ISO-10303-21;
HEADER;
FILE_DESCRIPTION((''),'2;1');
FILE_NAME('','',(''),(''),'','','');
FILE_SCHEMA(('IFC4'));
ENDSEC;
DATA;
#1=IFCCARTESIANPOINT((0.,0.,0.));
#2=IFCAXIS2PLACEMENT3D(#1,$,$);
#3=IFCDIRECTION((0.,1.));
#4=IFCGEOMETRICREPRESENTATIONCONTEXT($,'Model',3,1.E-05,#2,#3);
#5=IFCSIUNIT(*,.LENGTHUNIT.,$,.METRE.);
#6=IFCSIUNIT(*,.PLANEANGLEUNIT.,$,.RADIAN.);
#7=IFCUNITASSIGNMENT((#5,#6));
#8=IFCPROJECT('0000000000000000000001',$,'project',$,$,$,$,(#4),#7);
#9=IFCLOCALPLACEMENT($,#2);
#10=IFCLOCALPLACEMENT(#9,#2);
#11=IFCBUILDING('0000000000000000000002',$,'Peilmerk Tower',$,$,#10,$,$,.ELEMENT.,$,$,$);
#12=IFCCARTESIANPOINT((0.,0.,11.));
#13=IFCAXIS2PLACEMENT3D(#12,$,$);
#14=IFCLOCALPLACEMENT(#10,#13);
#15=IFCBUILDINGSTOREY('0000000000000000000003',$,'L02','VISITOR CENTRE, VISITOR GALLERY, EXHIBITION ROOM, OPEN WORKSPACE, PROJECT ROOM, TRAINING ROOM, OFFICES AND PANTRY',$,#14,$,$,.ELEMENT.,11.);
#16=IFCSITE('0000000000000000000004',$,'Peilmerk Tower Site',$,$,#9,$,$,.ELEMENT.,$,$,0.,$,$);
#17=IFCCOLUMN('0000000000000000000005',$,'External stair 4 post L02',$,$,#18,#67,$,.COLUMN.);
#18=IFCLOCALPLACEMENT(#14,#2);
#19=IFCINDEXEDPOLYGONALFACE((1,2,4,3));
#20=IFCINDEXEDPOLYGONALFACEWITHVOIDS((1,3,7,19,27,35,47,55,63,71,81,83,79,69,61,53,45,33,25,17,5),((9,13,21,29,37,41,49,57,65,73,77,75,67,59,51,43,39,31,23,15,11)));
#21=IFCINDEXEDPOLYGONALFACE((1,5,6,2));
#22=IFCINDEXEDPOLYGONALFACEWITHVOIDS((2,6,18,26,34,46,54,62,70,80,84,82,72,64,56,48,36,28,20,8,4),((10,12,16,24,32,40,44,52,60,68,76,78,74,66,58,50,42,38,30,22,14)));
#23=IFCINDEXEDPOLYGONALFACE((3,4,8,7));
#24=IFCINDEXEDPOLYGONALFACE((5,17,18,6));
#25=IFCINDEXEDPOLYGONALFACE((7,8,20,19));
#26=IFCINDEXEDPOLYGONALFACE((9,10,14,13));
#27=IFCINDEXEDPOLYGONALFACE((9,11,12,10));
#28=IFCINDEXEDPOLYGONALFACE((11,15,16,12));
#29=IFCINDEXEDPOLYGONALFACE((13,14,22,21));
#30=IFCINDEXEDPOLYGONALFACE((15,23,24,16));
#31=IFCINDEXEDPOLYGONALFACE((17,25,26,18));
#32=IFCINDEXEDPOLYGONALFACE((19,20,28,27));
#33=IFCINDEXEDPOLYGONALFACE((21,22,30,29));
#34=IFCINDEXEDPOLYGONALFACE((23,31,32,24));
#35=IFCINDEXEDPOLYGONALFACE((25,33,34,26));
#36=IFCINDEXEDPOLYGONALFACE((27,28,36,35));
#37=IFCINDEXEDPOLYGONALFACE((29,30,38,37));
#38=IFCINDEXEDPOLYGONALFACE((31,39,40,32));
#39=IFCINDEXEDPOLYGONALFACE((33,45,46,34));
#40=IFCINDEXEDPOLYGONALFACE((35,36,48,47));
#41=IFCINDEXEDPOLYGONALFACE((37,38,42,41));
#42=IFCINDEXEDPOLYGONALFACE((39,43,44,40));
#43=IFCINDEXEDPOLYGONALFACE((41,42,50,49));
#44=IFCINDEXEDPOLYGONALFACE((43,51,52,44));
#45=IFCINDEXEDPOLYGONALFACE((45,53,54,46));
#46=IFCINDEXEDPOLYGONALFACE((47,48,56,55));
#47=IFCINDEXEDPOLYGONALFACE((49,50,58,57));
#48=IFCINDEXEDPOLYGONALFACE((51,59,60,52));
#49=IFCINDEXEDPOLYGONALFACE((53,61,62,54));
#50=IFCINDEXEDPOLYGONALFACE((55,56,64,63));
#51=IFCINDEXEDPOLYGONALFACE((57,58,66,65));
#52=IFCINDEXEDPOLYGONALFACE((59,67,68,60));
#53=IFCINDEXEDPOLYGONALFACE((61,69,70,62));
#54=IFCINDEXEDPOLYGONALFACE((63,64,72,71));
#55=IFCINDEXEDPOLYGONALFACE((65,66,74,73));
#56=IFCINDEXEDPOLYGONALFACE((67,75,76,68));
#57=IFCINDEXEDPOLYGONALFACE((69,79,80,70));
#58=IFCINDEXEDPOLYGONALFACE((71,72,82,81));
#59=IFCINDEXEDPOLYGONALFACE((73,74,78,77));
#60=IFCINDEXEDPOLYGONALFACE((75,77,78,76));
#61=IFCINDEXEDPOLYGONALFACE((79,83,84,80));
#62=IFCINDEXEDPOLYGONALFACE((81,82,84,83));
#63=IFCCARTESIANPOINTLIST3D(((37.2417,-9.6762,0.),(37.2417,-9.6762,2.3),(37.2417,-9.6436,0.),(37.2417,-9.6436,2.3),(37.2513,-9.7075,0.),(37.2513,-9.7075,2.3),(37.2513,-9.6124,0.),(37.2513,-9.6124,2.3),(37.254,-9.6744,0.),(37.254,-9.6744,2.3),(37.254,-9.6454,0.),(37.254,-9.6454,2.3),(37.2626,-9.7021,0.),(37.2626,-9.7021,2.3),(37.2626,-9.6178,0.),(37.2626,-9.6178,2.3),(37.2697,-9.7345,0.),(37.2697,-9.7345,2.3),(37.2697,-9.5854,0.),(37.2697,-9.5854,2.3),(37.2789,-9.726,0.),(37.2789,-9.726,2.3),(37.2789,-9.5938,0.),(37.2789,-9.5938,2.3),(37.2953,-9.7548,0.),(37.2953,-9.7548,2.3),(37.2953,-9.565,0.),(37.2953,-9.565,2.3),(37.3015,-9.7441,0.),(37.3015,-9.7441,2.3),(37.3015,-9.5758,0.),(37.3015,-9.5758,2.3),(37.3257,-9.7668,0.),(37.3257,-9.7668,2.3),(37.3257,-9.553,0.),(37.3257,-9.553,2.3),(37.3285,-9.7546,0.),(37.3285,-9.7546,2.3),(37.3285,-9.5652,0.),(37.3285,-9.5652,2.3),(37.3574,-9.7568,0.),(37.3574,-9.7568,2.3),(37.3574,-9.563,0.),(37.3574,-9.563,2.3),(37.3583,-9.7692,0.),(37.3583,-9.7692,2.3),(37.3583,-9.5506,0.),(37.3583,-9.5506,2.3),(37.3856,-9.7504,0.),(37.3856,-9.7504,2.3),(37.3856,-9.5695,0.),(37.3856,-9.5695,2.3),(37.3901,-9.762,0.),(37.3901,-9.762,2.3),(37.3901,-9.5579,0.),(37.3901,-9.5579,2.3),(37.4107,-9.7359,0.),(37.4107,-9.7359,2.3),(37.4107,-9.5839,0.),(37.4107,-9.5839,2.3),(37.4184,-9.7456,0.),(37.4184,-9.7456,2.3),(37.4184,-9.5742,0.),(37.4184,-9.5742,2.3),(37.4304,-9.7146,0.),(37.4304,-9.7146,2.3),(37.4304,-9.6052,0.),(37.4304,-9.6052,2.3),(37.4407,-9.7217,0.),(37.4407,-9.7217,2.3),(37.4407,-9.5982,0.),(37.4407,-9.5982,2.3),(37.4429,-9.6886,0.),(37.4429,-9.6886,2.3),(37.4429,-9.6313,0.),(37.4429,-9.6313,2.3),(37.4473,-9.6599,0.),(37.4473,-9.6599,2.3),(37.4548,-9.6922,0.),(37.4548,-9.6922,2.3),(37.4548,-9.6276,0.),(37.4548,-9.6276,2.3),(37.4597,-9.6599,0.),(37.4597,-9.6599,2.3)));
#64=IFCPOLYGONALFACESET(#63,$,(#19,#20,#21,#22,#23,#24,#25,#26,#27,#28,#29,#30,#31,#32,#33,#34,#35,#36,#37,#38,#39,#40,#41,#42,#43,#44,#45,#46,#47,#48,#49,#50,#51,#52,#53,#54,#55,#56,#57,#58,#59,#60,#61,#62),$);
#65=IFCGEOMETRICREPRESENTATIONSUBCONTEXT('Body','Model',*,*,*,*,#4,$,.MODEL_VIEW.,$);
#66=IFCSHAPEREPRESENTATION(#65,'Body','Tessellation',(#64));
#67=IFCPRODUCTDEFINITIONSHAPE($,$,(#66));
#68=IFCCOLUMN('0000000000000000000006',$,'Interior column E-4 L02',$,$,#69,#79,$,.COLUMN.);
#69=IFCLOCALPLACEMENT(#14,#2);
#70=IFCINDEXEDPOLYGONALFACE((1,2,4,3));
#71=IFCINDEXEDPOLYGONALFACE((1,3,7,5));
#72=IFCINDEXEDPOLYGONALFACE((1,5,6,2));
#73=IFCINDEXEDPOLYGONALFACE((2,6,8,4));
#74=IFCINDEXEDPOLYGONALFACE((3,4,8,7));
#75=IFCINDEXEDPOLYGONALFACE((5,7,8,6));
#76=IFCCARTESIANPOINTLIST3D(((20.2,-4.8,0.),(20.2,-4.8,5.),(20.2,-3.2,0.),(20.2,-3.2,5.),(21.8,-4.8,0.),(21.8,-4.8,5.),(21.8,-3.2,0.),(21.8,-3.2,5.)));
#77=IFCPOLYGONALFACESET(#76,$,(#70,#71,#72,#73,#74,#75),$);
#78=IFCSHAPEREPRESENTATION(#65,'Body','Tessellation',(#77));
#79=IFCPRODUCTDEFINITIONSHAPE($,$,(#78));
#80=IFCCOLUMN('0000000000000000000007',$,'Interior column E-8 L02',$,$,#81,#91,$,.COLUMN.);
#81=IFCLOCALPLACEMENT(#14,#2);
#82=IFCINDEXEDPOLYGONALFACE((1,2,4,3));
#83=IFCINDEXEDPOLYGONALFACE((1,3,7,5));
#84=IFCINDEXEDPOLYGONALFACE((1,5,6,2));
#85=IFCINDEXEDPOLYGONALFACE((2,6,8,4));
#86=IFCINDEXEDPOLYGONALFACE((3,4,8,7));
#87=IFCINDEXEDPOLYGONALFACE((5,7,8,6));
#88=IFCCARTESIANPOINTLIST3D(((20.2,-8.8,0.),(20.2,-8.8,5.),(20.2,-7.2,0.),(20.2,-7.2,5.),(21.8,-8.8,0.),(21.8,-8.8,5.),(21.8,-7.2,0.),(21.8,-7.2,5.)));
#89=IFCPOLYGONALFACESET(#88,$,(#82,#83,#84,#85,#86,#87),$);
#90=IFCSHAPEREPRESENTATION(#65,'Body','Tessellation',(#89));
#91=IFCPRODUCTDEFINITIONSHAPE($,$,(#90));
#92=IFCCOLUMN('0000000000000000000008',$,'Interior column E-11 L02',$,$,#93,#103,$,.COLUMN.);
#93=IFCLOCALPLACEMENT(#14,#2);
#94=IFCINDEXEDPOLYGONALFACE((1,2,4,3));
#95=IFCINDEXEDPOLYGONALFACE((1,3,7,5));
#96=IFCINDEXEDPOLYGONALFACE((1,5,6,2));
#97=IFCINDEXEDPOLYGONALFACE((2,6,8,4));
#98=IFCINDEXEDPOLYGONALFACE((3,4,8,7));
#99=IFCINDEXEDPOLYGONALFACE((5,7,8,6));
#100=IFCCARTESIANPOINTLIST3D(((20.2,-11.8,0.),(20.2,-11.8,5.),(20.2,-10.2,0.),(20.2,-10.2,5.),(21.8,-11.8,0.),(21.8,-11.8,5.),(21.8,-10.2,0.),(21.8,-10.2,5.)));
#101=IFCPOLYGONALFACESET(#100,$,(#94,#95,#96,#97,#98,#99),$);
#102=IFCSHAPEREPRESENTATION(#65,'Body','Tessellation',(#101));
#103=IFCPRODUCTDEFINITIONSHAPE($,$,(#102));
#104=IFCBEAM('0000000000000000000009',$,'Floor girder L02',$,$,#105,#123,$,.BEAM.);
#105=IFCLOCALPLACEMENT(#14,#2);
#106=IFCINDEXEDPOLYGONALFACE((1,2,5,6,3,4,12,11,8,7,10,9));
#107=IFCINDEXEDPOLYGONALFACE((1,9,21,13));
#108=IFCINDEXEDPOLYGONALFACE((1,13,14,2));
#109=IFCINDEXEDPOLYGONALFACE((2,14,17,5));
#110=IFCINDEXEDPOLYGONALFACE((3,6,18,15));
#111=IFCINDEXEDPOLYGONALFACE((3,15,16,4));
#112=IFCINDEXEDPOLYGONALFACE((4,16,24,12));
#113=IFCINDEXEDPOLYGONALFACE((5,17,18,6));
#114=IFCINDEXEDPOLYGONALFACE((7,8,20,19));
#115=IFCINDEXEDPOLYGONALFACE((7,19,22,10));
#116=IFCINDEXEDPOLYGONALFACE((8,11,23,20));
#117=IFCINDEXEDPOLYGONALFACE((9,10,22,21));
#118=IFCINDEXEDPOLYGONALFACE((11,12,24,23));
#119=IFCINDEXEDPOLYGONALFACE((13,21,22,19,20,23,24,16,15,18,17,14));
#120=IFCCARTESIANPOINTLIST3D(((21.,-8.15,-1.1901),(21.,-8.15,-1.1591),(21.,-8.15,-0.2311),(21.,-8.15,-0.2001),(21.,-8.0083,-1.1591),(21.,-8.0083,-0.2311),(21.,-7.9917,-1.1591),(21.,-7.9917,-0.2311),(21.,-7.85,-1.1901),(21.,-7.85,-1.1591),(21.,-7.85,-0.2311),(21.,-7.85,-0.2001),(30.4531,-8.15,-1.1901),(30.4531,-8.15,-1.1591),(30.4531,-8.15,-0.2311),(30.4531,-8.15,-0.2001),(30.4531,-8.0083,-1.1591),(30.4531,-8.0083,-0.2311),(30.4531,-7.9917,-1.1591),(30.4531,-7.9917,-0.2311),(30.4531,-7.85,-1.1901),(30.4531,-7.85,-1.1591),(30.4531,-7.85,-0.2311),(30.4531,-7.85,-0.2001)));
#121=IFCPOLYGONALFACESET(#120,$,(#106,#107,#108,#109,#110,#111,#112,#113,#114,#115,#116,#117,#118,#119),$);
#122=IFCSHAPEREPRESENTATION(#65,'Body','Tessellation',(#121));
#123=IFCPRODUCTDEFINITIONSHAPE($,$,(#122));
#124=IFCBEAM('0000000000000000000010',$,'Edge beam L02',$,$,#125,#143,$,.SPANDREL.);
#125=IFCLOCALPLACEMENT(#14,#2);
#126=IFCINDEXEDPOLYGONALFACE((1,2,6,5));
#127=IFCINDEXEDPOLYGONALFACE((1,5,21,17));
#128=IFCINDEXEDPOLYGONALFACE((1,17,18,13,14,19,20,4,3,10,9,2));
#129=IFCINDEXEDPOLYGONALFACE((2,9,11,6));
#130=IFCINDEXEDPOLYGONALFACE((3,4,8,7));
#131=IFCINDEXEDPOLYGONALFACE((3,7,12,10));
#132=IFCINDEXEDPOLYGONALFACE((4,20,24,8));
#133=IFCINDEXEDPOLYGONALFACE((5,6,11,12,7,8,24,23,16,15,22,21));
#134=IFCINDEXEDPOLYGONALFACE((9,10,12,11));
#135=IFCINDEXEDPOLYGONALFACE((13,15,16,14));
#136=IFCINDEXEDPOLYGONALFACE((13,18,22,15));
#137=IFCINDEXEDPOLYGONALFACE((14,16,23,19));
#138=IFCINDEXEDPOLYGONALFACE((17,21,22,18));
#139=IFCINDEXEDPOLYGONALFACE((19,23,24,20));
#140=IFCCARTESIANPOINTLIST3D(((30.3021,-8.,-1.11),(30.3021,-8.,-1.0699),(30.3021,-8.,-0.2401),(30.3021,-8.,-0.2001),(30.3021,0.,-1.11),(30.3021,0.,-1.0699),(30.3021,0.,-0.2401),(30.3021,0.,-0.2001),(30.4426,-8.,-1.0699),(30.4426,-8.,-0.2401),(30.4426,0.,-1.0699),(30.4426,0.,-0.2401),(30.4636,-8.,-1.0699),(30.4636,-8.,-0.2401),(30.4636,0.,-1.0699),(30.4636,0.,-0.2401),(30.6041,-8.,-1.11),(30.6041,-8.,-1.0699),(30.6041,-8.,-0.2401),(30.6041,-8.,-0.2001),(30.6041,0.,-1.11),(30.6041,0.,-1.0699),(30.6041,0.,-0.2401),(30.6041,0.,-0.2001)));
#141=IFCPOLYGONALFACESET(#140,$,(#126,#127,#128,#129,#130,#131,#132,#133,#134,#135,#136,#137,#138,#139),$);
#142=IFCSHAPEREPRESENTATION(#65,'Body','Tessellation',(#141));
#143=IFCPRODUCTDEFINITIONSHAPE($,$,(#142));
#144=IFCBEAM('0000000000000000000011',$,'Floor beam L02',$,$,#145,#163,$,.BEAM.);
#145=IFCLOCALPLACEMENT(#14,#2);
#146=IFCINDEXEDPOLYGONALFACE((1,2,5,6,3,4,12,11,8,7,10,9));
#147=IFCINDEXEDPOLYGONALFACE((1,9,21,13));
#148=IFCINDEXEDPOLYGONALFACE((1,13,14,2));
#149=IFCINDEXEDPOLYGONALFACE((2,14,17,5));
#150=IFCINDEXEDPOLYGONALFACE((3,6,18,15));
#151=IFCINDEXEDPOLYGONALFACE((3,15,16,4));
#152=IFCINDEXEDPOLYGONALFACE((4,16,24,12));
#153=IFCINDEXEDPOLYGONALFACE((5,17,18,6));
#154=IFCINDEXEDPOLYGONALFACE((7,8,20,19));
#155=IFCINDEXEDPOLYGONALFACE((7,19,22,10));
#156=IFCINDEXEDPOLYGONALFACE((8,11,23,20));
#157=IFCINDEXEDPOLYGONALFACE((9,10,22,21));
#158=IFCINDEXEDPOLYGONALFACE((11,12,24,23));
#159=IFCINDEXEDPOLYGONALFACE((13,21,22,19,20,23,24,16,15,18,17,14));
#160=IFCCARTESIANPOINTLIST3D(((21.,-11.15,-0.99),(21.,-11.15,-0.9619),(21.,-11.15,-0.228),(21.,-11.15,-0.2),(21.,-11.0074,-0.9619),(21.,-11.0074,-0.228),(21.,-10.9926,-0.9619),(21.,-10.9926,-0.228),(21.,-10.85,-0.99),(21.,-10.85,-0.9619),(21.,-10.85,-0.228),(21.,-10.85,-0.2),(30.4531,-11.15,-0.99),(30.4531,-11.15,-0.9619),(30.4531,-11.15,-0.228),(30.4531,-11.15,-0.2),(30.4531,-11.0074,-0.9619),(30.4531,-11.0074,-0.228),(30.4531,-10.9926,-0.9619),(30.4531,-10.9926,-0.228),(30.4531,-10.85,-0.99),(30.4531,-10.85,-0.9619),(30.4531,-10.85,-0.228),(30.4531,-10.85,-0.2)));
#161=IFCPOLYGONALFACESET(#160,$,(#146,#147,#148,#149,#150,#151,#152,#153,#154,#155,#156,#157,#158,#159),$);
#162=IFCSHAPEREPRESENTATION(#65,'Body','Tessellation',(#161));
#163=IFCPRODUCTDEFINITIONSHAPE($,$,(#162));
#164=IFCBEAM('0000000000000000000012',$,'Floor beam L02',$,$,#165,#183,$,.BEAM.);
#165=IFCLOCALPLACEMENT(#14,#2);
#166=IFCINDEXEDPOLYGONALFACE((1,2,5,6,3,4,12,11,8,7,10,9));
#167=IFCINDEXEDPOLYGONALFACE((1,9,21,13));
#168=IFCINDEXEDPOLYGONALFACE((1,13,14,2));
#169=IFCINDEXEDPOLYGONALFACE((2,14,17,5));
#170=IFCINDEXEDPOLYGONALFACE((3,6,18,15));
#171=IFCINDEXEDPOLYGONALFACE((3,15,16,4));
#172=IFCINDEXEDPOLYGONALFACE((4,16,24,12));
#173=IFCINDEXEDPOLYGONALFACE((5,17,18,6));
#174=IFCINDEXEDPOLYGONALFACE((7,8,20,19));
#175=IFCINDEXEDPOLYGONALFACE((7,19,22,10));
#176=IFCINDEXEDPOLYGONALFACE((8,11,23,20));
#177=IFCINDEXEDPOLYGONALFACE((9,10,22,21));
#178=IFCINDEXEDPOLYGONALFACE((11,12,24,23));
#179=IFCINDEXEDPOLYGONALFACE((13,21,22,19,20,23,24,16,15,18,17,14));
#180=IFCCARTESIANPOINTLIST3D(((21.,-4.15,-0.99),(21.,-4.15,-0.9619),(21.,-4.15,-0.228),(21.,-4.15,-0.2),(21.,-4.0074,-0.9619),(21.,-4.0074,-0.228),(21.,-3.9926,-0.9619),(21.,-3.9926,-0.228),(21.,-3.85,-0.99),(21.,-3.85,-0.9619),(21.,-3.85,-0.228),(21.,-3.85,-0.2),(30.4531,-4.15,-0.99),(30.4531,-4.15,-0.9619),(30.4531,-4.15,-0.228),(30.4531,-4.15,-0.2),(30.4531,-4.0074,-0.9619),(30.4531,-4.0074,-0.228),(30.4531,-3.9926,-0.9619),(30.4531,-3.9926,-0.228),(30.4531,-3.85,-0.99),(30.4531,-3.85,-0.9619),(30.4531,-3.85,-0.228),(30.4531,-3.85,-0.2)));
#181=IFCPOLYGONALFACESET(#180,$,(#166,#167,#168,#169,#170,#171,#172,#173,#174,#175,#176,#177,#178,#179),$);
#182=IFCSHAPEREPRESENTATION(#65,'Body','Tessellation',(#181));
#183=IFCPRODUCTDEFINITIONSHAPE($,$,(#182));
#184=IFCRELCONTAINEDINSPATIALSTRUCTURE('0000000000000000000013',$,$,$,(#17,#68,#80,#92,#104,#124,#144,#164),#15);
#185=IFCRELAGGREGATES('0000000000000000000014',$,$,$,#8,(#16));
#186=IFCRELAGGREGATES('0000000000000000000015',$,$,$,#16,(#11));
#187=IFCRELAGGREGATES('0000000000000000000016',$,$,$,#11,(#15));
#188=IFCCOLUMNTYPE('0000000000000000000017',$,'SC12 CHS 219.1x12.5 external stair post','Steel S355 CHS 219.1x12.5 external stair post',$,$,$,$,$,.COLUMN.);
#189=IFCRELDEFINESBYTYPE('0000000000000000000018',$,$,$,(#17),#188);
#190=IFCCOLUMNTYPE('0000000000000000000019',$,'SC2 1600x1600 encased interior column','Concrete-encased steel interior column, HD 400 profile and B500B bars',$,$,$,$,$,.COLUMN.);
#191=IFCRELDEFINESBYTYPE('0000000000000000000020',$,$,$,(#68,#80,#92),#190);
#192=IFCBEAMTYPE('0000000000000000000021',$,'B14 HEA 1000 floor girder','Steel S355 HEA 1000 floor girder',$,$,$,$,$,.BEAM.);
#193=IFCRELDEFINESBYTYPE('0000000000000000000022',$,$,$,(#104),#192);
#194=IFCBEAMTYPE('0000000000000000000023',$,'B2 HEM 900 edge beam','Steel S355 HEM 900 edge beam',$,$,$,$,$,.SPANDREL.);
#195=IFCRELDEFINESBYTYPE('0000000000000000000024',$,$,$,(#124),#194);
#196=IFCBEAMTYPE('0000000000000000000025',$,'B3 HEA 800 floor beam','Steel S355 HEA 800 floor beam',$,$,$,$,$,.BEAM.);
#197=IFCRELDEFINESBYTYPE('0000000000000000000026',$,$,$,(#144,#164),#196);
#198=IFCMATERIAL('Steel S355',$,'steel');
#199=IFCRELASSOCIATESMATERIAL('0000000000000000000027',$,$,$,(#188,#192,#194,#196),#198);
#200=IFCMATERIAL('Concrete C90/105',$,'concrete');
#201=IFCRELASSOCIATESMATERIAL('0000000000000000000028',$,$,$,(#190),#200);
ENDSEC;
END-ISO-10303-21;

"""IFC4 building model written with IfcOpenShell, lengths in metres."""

from ifc_helpers import new_model, si_unit, direction, frame, origin, origin_2d, place, context, subcontext, project, spatial, rectangle, hollow_circle, i_section, extrude, material, material_profile, profile_set, type_object, element, save


model = new_model("IFC4")

# Units and contexts
model_context = context("Model", 3, precision=1e-05, world=origin(), true_north=direction((0.0, 1.0)))
body_context = subcontext(model_context, "Body", "Model", "MODEL_VIEW")
ifc_project = project(units=[si_unit("LENGTHUNIT", "METRE"), si_unit("PLANEANGLEUNIT", "RADIAN")], contexts=[model_context])

# Site, building, storey
site_placement = place(None, origin())
site = spatial("IfcSite", under=ifc_project, at=site_placement, Name="Peilmerk Tower Site", CompositionType="ELEMENT", RefElevation=0.0)
building_placement = place(site_placement, origin())
building = spatial("IfcBuilding", under=site, at=building_placement, Name="Peilmerk Tower", CompositionType="ELEMENT")
storey_placement = place(building_placement, frame((0.0, 0.0, 11.0)))
storey = spatial("IfcBuildingStorey", under=building, at=storey_placement, Name="L02", Description="VISITOR CENTRE, VISITOR GALLERY, EXHIBITION ROOM, OPEN WORKSPACE, PROJECT ROOM, TRAINING ROOM, OFFICES AND PANTRY", CompositionType="ELEMENT", Elevation=11.0)

# Columns
ifc_material_1 = material(Name="Concrete C90/105", Category="concrete")
ifc_material_2 = material(Name="Steel S355", Category="steel")
ifc_material_profile_1 = material_profile(ifc_material_2, hollow_circle(Radius=0.1096, WallThickness=0.0125, at=origin_2d()), Name="CHS 219.1x12.5")
ifc_profile_set_1 = profile_set([ifc_material_profile_1], Name="Steel S355")
column_type_1 = type_object("IfcColumnType", Name="SC12 CHS 219.1x12.5 external stair post", Description="Steel S355 CHS 219.1x12.5 external stair post", PredefinedType="COLUMN", material=ifc_profile_set_1)
for number, where, z_axis, x_axis, name in (
    (1, (37.3501, -9.6599, 0.0), (0.0, 0.0, 1.0), (1.0, 0.0, 0.0), "External stair 4 post L02"),
):
    element("IfcColumn", number, at=place(storey_placement, frame(where, z_axis=z_axis, x_axis=x_axis)), inside=storey, type_object=column_type_1, Name=name, PredefinedType="COLUMN", context=body_context, shape_type="SweptSolid", body=[
        extrude(hollow_circle(Radius=0.1096, WallThickness=0.0125, at=origin_2d()), origin(), (0.0, 0.0, 1.0), 2.3),
    ])
ifc_material_profile_2 = material_profile(ifc_material_1, rectangle(XDim=1.6001, YDim=1.6001, at=origin_2d()), Name="RC 1600x1600")
ifc_profile_set_2 = profile_set([ifc_material_profile_2], Name="Concrete C90/105")
column_type_2 = type_object("IfcColumnType", Name="SC2 1600x1600 encased interior column", Description="Concrete-encased steel interior column, HD 400 profile and B500B bars", PredefinedType="COLUMN", material=ifc_profile_set_2)
for number, where, z_axis, x_axis, name in (
    (2, (21.0, -4.0, 0.0), (0.0, 0.0, 1.0), (1.0, 0.0, 0.0), "Interior column E-4 L02"),
    (3, (21.0, -8.0, 0.0), (0.0, 0.0, 1.0), (1.0, 0.0, 0.0), "Interior column E-8 L02"),
    (4, (21.0, -11.0, 0.0), (0.0, 0.0, 1.0), (1.0, 0.0, 0.0), "Interior column E-11 L02"),
):
    element("IfcColumn", number, at=place(storey_placement, frame(where, z_axis=z_axis, x_axis=x_axis)), inside=storey, type_object=column_type_2, Name=name, PredefinedType="COLUMN", context=body_context, shape_type="SweptSolid", body=[
        extrude(rectangle(XDim=1.6001, YDim=1.6001, at=origin_2d()), origin(), (0.0, 0.0, 1.0), 5.0),
    ])

# Beams
ifc_material_profile_3 = material_profile(ifc_material_2, i_section(OverallWidth=0.3, OverallDepth=0.99, WebThickness=0.0166, FlangeThickness=0.031, at=origin_2d()), Name="HEA 1000")
ifc_profile_set_3 = profile_set([ifc_material_profile_3], Name="Steel S355")
beam_type_1 = type_object("IfcBeamType", Name="B14 HEA 1000 floor girder", Description="Steel S355 HEA 1000 floor girder", PredefinedType="BEAM", material=ifc_profile_set_3)
beam_1_placement = place(storey_placement, frame((21.0, -8.0, -0.6951), z_axis=(1.0, 0.0, 0.0), x_axis=(0.0, 1.0, 0.0)))
element("IfcBeam", 5, at=beam_1_placement, inside=storey, type_object=beam_type_1, Name="Floor girder L02", PredefinedType="BEAM", context=body_context, shape_type="SweptSolid", body=[
    extrude(i_section(OverallWidth=0.3, OverallDepth=0.99, WebThickness=0.0166, FlangeThickness=0.031, at=origin_2d()), origin(), (0.0, 0.0, 1.0), 9.4531),
])
ifc_material_profile_4 = material_profile(ifc_material_2, i_section(OverallWidth=0.302, OverallDepth=0.9099, WebThickness=0.021, FlangeThickness=0.04, at=origin_2d()), Name="HEM 900")
ifc_profile_set_4 = profile_set([ifc_material_profile_4], Name="Steel S355")
beam_type_2 = type_object("IfcBeamType", Name="B2 HEM 900 edge beam", Description="Steel S355 HEM 900 edge beam", PredefinedType="SPANDREL", material=ifc_profile_set_4)
beam_2_placement = place(storey_placement, frame((30.4531, -8.0, -0.655), z_axis=(0.0, 1.0, 0.0), x_axis=(-1.0, 0.0, 0.0)))
element("IfcBeam", 6, at=beam_2_placement, inside=storey, type_object=beam_type_2, Name="Edge beam L02", PredefinedType="SPANDREL", context=body_context, shape_type="SweptSolid", body=[
    extrude(i_section(OverallWidth=0.302, OverallDepth=0.9099, WebThickness=0.021, FlangeThickness=0.04, at=origin_2d()), origin(), (0.0, 0.0, 1.0), 8.0),
])
ifc_material_profile_5 = material_profile(ifc_material_2, i_section(OverallWidth=0.3, OverallDepth=0.79, WebThickness=0.0149, FlangeThickness=0.0281, at=origin_2d()), Name="HEA 800")
ifc_profile_set_5 = profile_set([ifc_material_profile_5], Name="Steel S355")
beam_type_3 = type_object("IfcBeamType", Name="B3 HEA 800 floor beam", Description="Steel S355 HEA 800 floor beam", PredefinedType="BEAM", material=ifc_profile_set_5)
for number, where, z_axis, x_axis, name in (
    (7, (21.0, -11.0, -0.595), (1.0, 0.0, 0.0), (0.0, 1.0, 0.0), "Floor beam L02"),
    (8, (21.0, -4.0, -0.595), (1.0, 0.0, 0.0), (0.0, 1.0, 0.0), "Floor beam L02"),
):
    element("IfcBeam", number, at=place(storey_placement, frame(where, z_axis=z_axis, x_axis=x_axis)), inside=storey, type_object=beam_type_3, Name=name, PredefinedType="BEAM", context=body_context, shape_type="SweptSolid", body=[
        extrude(i_section(OverallWidth=0.3, OverallDepth=0.79, WebThickness=0.0149, FlangeThickness=0.0281, at=origin_2d()), origin(), (0.0, 0.0, 1.0), 9.4531),
    ])

save(model, "model.ifc")
